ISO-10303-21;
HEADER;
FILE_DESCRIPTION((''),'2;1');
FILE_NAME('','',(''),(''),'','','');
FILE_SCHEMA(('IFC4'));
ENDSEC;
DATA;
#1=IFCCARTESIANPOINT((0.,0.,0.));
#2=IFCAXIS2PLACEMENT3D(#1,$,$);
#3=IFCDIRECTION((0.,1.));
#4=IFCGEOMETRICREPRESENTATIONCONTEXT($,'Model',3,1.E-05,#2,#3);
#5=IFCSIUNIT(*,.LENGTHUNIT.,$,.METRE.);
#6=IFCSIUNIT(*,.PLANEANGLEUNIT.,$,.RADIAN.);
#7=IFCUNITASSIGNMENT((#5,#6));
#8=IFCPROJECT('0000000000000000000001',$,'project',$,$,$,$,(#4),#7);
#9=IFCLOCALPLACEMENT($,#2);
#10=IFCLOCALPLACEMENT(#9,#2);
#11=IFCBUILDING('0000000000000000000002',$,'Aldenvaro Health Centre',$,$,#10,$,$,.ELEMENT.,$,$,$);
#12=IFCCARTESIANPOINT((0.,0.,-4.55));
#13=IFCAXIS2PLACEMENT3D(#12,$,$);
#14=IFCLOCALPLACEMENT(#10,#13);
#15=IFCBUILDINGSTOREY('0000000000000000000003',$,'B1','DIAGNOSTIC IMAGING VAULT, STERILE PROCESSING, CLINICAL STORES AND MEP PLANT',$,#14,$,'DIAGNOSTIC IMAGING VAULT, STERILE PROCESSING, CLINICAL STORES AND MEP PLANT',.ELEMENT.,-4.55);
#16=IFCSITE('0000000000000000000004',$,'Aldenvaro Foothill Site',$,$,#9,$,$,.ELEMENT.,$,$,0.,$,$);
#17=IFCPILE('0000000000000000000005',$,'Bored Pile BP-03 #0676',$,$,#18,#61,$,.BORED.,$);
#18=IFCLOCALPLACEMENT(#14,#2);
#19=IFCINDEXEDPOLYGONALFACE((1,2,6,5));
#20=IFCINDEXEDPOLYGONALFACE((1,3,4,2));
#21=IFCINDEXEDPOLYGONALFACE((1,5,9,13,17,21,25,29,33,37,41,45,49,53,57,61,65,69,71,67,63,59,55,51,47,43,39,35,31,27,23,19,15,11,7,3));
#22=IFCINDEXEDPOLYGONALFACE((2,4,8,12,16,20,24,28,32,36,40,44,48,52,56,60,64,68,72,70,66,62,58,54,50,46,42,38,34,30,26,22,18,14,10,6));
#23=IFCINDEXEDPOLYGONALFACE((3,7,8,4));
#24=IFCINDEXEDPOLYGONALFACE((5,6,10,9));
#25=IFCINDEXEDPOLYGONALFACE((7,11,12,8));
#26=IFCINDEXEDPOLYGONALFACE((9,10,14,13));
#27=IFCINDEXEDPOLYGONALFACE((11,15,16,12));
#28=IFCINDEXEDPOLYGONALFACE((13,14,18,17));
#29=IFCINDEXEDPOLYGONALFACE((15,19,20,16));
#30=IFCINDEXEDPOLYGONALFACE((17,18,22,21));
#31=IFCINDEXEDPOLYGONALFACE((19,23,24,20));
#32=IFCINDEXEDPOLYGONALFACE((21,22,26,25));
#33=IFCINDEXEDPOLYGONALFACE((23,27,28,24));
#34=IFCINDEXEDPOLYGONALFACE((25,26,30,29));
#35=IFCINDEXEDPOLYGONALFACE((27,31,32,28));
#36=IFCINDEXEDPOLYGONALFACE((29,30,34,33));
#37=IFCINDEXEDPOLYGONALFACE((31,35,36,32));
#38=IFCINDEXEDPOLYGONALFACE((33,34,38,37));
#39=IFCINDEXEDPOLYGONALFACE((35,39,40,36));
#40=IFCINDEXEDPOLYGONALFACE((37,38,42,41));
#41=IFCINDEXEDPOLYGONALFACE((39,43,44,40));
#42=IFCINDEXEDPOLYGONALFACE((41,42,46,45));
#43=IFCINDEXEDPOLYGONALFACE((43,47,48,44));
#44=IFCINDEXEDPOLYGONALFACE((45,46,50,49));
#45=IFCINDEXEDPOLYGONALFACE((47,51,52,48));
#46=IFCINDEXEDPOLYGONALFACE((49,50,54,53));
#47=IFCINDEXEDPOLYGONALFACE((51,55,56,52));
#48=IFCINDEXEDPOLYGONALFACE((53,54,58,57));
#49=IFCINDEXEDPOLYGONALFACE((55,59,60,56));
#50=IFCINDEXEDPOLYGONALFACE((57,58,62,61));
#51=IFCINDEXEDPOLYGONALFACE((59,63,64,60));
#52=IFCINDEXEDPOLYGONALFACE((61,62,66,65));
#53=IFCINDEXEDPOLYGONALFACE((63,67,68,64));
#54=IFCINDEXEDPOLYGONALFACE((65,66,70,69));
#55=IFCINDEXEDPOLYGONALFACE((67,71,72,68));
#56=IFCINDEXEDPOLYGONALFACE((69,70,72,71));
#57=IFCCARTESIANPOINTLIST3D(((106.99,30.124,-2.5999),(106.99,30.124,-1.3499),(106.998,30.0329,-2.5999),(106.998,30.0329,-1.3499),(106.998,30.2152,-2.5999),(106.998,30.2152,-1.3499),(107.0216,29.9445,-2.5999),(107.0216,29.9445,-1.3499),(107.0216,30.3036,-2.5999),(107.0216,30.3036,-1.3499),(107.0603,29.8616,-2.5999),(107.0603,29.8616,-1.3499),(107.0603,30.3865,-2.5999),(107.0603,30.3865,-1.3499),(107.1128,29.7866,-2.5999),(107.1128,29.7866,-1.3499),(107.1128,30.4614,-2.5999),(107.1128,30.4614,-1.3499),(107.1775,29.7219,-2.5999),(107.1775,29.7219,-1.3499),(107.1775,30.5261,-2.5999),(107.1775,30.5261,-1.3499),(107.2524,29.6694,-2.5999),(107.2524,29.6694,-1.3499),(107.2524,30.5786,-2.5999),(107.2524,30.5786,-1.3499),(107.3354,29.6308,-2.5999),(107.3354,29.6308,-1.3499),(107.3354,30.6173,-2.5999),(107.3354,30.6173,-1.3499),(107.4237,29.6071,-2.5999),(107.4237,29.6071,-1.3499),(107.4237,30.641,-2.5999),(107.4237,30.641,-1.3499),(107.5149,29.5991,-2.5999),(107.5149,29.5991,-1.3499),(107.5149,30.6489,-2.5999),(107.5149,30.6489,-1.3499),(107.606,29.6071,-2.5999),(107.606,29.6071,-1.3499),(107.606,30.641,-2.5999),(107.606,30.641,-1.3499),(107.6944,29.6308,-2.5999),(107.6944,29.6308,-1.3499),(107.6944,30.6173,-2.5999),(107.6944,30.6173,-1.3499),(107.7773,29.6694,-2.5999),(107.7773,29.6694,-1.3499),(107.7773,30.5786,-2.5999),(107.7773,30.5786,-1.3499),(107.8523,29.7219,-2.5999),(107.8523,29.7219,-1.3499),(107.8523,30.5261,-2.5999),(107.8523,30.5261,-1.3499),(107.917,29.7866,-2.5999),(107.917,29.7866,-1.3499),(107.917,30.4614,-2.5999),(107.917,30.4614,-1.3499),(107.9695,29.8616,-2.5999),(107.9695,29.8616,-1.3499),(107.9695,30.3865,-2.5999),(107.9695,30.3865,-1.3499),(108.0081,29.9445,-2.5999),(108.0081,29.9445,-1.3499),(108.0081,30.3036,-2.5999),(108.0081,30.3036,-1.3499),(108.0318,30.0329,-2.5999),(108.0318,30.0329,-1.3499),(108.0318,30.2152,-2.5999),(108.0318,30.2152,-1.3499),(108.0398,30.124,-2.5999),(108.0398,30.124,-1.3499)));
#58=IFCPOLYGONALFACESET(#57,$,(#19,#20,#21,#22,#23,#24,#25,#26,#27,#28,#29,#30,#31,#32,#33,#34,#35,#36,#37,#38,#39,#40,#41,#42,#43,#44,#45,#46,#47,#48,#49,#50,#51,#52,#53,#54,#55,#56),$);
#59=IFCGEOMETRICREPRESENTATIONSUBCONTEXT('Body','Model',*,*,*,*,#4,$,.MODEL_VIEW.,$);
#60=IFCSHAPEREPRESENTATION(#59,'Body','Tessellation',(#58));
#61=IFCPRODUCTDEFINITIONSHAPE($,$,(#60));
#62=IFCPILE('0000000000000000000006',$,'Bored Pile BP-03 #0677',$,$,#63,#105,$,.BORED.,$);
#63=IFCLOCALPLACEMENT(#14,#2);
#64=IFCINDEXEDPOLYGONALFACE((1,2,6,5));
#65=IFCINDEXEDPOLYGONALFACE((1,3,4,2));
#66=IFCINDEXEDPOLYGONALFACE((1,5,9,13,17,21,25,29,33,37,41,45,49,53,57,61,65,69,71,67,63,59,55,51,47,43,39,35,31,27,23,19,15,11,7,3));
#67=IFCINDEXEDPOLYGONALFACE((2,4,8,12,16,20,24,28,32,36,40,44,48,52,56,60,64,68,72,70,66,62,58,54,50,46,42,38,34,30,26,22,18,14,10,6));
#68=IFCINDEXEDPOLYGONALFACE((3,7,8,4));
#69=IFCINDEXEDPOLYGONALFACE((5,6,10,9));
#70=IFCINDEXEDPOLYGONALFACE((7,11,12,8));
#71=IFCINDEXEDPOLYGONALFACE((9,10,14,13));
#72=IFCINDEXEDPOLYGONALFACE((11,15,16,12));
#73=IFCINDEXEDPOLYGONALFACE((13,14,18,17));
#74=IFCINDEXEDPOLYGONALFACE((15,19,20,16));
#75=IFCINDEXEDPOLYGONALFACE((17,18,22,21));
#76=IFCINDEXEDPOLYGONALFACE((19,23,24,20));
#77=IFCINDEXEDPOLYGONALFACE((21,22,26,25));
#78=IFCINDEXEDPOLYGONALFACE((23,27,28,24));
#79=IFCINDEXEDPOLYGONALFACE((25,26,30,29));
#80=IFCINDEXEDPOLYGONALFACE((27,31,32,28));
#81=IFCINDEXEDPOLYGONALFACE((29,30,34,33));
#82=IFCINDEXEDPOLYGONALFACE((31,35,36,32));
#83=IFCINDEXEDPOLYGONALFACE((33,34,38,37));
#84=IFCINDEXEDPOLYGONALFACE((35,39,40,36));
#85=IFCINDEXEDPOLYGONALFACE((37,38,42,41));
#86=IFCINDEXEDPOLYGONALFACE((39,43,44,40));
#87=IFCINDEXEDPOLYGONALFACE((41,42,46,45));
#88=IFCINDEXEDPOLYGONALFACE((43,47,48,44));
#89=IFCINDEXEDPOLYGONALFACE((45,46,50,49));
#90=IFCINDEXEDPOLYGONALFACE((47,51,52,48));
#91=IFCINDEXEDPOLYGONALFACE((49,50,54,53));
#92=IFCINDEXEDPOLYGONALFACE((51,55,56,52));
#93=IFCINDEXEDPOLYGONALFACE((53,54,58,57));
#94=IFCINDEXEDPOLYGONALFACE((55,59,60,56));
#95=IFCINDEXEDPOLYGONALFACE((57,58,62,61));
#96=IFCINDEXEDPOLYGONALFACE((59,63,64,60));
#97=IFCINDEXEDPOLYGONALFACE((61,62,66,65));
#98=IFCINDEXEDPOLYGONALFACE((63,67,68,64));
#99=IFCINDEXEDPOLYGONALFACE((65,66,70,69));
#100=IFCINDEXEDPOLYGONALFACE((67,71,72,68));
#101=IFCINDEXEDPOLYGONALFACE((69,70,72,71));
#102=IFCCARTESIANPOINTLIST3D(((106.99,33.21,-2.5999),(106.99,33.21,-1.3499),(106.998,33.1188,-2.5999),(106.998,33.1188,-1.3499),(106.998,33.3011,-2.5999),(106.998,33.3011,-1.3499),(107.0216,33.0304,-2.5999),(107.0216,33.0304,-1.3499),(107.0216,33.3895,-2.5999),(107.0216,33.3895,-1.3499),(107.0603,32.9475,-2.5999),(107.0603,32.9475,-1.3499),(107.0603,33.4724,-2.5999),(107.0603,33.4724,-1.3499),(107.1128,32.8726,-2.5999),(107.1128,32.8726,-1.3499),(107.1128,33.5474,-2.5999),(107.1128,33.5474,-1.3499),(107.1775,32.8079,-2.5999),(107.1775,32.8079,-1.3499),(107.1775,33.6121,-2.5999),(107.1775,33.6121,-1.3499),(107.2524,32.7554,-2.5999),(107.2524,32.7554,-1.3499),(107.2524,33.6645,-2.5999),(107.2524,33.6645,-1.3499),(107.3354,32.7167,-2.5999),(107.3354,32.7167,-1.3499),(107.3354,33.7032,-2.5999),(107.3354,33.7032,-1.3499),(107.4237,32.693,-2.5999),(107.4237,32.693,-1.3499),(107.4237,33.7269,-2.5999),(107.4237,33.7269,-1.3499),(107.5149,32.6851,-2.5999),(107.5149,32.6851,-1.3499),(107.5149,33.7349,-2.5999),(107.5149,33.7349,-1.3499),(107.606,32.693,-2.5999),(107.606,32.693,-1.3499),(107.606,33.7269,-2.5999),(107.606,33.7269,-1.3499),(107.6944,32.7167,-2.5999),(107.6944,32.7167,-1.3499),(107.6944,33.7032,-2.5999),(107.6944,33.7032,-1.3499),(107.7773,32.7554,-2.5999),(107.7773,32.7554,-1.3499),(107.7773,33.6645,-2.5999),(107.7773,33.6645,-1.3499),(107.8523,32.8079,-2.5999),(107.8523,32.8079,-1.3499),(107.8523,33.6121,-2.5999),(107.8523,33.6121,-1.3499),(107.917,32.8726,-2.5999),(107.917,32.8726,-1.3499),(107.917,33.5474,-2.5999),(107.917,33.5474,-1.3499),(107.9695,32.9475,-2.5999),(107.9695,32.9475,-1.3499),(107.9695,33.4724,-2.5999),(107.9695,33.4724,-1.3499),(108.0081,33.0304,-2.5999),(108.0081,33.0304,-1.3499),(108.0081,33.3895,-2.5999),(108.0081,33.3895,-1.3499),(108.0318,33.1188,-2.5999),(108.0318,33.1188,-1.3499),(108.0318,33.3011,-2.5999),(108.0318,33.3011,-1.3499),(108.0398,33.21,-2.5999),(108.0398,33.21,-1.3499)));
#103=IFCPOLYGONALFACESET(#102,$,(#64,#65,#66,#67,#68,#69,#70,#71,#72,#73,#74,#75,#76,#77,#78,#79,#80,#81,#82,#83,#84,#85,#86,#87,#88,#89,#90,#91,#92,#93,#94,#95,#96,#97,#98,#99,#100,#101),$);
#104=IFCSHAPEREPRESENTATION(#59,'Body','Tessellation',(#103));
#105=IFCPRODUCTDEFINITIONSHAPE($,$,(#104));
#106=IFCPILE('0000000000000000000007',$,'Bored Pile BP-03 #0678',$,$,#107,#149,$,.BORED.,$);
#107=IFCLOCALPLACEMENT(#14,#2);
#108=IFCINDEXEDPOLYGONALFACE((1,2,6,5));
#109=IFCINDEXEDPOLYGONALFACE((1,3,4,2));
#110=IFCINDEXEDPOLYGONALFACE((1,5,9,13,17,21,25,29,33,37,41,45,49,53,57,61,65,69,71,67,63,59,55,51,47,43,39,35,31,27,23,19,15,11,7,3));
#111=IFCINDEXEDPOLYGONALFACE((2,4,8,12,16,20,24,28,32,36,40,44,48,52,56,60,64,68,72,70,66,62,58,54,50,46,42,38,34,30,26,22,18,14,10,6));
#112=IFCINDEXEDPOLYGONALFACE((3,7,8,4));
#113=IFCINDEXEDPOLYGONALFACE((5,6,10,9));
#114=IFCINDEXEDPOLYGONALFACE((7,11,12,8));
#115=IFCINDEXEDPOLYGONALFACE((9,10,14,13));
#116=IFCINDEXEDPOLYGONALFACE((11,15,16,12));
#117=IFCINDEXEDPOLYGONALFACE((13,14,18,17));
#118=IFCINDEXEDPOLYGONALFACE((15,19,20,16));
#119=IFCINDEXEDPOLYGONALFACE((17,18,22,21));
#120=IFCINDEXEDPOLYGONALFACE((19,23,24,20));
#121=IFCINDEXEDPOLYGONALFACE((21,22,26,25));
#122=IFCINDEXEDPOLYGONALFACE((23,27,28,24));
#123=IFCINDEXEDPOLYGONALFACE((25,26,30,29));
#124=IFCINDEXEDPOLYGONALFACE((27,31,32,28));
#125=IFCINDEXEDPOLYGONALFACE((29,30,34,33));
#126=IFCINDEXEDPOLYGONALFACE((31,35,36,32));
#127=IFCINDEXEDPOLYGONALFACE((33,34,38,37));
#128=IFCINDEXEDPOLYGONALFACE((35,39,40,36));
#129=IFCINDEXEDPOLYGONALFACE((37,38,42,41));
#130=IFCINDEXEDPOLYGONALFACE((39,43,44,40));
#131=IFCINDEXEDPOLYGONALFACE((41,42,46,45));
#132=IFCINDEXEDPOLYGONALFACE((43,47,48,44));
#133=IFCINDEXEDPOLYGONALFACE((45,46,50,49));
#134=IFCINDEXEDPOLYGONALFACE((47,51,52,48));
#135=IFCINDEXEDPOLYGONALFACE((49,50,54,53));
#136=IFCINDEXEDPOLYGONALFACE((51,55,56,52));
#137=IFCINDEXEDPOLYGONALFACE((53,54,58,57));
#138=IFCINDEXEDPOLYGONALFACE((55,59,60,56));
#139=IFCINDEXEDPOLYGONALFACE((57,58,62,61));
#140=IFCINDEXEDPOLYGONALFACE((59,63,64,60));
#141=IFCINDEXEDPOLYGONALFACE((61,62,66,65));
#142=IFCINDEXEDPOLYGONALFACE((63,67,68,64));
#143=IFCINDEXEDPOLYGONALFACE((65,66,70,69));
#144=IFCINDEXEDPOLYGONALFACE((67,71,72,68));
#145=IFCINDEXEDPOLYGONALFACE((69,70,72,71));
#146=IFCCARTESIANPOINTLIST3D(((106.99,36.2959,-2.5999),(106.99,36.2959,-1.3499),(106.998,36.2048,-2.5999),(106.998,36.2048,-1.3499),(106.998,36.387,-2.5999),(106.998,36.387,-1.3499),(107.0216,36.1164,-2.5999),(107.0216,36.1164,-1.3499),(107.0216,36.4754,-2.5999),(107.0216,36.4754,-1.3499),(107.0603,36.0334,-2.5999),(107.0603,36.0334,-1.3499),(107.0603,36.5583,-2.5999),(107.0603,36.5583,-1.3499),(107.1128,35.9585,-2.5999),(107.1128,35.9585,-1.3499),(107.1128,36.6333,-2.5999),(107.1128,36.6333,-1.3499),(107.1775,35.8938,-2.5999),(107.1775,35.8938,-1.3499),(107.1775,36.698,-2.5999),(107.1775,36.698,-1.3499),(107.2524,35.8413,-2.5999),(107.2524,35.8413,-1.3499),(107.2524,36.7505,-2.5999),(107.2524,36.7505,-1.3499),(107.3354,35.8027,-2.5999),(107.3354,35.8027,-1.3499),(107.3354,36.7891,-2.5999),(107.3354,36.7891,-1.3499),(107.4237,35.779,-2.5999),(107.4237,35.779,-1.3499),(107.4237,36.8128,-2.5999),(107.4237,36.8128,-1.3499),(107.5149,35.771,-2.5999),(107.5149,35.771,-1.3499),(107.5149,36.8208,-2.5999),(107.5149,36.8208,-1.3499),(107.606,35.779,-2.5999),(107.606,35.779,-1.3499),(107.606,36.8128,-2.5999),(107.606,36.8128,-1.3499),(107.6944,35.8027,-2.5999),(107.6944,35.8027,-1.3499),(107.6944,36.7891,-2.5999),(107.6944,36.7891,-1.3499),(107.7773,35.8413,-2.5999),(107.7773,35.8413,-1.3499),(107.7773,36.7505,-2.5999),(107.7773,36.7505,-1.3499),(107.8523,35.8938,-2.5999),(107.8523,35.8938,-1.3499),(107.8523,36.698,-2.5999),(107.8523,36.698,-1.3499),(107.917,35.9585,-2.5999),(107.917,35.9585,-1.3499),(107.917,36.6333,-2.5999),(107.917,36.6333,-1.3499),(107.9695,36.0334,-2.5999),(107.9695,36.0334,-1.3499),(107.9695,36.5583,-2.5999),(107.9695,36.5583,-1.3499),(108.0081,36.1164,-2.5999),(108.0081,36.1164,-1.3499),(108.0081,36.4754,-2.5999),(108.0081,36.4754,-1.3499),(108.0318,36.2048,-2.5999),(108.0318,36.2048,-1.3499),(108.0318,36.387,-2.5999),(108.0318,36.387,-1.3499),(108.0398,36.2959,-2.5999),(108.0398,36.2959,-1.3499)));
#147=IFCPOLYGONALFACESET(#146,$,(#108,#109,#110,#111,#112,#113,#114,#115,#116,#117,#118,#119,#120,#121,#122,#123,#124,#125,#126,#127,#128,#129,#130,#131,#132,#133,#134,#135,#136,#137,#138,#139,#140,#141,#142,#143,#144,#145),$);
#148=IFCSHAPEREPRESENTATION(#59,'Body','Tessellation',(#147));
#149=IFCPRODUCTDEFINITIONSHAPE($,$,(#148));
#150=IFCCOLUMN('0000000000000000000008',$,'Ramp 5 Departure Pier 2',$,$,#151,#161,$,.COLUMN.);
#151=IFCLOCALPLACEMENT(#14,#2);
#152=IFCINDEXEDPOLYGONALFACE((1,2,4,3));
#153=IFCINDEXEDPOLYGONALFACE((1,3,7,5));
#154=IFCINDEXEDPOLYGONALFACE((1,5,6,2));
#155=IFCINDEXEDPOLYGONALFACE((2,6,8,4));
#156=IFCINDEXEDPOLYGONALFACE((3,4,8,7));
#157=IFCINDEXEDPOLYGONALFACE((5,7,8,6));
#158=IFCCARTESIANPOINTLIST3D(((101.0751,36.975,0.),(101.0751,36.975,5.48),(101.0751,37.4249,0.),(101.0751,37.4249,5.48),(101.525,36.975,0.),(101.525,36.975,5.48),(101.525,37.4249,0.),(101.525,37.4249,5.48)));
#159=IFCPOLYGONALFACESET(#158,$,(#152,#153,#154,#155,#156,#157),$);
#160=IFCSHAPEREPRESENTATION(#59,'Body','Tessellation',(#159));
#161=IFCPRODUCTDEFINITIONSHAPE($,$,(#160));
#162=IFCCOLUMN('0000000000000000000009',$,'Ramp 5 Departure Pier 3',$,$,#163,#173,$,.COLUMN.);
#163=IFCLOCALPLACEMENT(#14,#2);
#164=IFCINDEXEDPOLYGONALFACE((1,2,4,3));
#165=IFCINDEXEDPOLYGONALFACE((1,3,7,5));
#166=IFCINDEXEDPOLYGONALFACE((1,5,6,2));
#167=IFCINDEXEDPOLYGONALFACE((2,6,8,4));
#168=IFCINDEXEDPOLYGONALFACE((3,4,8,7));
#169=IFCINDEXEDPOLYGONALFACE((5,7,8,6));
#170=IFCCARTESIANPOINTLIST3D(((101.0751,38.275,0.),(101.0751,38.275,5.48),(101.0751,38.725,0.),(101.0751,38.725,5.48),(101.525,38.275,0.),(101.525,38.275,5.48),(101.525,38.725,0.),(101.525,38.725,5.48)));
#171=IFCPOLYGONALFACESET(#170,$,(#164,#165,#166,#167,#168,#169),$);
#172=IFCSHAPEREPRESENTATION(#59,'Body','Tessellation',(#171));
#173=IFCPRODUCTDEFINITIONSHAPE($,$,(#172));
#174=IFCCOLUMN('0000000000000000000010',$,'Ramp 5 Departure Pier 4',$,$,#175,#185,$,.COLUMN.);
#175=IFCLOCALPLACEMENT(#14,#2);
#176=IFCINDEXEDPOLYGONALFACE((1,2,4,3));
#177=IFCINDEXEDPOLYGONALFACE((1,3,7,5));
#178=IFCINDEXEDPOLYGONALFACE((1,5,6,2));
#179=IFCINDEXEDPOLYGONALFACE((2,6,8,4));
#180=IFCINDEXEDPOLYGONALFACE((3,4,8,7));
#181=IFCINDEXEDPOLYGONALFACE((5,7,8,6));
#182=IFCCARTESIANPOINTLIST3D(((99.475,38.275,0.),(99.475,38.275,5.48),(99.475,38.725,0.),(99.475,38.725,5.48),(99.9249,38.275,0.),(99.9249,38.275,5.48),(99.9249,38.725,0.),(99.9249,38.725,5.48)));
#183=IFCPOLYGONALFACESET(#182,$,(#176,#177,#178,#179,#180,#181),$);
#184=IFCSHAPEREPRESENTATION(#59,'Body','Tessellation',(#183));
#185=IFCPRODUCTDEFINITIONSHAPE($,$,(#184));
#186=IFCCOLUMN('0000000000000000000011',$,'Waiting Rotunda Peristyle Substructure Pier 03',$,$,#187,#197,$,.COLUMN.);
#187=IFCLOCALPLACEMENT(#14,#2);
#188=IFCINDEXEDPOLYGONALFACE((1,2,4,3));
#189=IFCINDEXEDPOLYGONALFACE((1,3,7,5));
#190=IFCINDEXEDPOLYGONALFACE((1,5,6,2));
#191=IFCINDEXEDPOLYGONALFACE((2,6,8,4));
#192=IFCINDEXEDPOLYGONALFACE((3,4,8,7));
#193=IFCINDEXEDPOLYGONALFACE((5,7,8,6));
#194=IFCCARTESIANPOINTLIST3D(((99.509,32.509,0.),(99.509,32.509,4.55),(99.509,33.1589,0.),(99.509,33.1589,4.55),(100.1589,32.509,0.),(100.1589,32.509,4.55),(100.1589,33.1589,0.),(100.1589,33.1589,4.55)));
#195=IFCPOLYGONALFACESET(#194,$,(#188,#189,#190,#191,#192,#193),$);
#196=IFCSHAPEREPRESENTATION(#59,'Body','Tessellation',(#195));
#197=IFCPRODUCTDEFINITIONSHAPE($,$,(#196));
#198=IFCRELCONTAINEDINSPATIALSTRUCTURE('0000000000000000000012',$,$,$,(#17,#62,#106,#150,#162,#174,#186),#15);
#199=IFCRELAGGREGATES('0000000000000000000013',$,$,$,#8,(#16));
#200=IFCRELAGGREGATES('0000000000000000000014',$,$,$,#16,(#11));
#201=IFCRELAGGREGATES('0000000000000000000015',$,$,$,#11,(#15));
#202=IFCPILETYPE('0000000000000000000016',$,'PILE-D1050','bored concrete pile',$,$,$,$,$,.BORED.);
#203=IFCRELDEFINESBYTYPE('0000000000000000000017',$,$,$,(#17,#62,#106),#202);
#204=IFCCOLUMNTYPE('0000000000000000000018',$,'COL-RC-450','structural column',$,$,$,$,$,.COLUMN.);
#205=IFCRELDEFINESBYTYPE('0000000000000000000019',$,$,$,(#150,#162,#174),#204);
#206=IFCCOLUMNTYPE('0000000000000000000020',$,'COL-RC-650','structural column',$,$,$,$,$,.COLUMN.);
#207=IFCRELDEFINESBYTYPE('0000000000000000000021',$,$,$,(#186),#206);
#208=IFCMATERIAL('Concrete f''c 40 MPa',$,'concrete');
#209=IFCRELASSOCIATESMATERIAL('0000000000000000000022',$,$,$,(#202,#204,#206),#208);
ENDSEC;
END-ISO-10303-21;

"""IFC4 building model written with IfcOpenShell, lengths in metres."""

from ifc_helpers import new_model, si_unit, direction, frame, origin, origin_2d, place, context, subcontext, project, spatial, rectangle, circle, extrude, material, material_profile, profile_set, type_object, element, save


model = new_model("IFC4")

# Units and contexts
model_context = context("Model", 3, precision=1e-05, world=origin(), true_north=direction((0.0, 1.0)))
body_context = subcontext(model_context, "Body", "Model", "MODEL_VIEW")
ifc_project = project(units=[si_unit("LENGTHUNIT", "METRE"), si_unit("PLANEANGLEUNIT", "RADIAN")], contexts=[model_context])

# Site, building, storey
site_placement = place(None, origin())
site = spatial("IfcSite", under=ifc_project, at=site_placement, Name="Aldenvaro Foothill Site", CompositionType="ELEMENT", RefElevation=0.0)
building_placement = place(site_placement, origin())
building = spatial("IfcBuilding", under=site, at=building_placement, Name="Aldenvaro Health Centre", CompositionType="ELEMENT")
storey_placement = place(building_placement, frame((0.0, 0.0, -4.55)))
storey = spatial("IfcBuildingStorey", under=building, at=storey_placement, Name="B1", Description="DIAGNOSTIC IMAGING VAULT, STERILE PROCESSING, CLINICAL STORES AND MEP PLANT", LongName="DIAGNOSTIC IMAGING VAULT, STERILE PROCESSING, CLINICAL STORES AND MEP PLANT", CompositionType="ELEMENT", Elevation=-4.55)

# Piles
ifc_material = material(Name="Concrete f'c 40 MPa", Category="concrete")
ifc_material_profile_1 = material_profile(ifc_material, circle(Radius=0.5249, at=origin_2d()), Name="PILE D1050", Category="concrete")
ifc_profile_set_1 = profile_set([ifc_material_profile_1], Name="Concrete f'c 40 MPa")
pile_type = type_object("IfcPileType", Name="PILE-D1050", Description="bored concrete pile", PredefinedType="BORED", material=ifc_profile_set_1)
for number, where, z_axis, x_axis, name in (
    (1, (107.5149, 30.124, -1.3499), (0.0, 0.0, -1.0), (1.0, 0.0, 0.0), "Bored Pile BP-03 #0676"),
    (2, (107.5149, 33.21, -1.3499), (0.0, 0.0, -1.0), (1.0, 0.0, 0.0), "Bored Pile BP-03 #0677"),
    (3, (107.5149, 36.2959, -1.3499), (0.0, 0.0, -1.0), (1.0, 0.0, 0.0), "Bored Pile BP-03 #0678"),
):
    element("IfcPile", number, at=place(storey_placement, frame(where, z_axis=z_axis, x_axis=x_axis)), inside=storey, type_object=pile_type, Name=name, PredefinedType="BORED", context=body_context, shape_type="SweptSolid", body=[
        extrude(circle(Radius=0.5249, at=origin_2d()), origin(), (0.0, 0.0, 1.0), 1.25),
    ])

# Columns
ifc_material_profile_2 = material_profile(ifc_material, rectangle(XDim=0.45, YDim=0.45, at=origin_2d()), Name="RC 450x450", Category="concrete")
ifc_profile_set_2 = profile_set([ifc_material_profile_2], Name="Concrete f'c 40 MPa")
column_type_1 = type_object("IfcColumnType", Name="COL-RC-450", Description="structural column", PredefinedType="COLUMN", material=ifc_profile_set_2)
for number, where, z_axis, x_axis, name in (
    (4, (101.3, 37.2, 0.0), (0.0, 0.0, 1.0), (1.0, 0.0, 0.0), "Ramp 5 Departure Pier 2"),
    (5, (101.3, 38.5, 0.0), (0.0, 0.0, 1.0), (1.0, 0.0, 0.0), "Ramp 5 Departure Pier 3"),
    (6, (99.7, 38.5, 0.0), (0.0, 0.0, 1.0), (1.0, 0.0, 0.0), "Ramp 5 Departure Pier 4"),
):
    element("IfcColumn", number, at=place(storey_placement, frame(where, z_axis=z_axis, x_axis=x_axis)), inside=storey, type_object=column_type_1, Name=name, PredefinedType="COLUMN", context=body_context, shape_type="SweptSolid", body=[
        extrude(rectangle(XDim=0.45, YDim=0.45, at=origin_2d()), origin(), (0.0, 0.0, 1.0), 5.48),
    ])
ifc_material_profile_3 = material_profile(ifc_material, rectangle(XDim=0.6499, YDim=0.6499, at=origin_2d()), Name="RC 650x650", Category="concrete")
ifc_profile_set_3 = profile_set([ifc_material_profile_3], Name="Concrete f'c 40 MPa")
column_type_2 = type_object("IfcColumnType", Name="COL-RC-650", Description="structural column", PredefinedType="COLUMN", material=ifc_profile_set_3)
column_placement = place(storey_placement, frame((99.834, 32.834, 0.0), z_axis=(0.0, 0.0, 1.0), x_axis=(1.0, 0.0, 0.0)))
element("IfcColumn", 7, at=column_placement, inside=storey, type_object=column_type_2, Name="Waiting Rotunda Peristyle Substructure Pier 03", PredefinedType="COLUMN", context=body_context, shape_type="SweptSolid", body=[
    extrude(rectangle(XDim=0.6499, YDim=0.6499, at=origin_2d()), origin(), (0.0, 0.0, 1.0), 4.55),
])

save(model, "model.ifc")
